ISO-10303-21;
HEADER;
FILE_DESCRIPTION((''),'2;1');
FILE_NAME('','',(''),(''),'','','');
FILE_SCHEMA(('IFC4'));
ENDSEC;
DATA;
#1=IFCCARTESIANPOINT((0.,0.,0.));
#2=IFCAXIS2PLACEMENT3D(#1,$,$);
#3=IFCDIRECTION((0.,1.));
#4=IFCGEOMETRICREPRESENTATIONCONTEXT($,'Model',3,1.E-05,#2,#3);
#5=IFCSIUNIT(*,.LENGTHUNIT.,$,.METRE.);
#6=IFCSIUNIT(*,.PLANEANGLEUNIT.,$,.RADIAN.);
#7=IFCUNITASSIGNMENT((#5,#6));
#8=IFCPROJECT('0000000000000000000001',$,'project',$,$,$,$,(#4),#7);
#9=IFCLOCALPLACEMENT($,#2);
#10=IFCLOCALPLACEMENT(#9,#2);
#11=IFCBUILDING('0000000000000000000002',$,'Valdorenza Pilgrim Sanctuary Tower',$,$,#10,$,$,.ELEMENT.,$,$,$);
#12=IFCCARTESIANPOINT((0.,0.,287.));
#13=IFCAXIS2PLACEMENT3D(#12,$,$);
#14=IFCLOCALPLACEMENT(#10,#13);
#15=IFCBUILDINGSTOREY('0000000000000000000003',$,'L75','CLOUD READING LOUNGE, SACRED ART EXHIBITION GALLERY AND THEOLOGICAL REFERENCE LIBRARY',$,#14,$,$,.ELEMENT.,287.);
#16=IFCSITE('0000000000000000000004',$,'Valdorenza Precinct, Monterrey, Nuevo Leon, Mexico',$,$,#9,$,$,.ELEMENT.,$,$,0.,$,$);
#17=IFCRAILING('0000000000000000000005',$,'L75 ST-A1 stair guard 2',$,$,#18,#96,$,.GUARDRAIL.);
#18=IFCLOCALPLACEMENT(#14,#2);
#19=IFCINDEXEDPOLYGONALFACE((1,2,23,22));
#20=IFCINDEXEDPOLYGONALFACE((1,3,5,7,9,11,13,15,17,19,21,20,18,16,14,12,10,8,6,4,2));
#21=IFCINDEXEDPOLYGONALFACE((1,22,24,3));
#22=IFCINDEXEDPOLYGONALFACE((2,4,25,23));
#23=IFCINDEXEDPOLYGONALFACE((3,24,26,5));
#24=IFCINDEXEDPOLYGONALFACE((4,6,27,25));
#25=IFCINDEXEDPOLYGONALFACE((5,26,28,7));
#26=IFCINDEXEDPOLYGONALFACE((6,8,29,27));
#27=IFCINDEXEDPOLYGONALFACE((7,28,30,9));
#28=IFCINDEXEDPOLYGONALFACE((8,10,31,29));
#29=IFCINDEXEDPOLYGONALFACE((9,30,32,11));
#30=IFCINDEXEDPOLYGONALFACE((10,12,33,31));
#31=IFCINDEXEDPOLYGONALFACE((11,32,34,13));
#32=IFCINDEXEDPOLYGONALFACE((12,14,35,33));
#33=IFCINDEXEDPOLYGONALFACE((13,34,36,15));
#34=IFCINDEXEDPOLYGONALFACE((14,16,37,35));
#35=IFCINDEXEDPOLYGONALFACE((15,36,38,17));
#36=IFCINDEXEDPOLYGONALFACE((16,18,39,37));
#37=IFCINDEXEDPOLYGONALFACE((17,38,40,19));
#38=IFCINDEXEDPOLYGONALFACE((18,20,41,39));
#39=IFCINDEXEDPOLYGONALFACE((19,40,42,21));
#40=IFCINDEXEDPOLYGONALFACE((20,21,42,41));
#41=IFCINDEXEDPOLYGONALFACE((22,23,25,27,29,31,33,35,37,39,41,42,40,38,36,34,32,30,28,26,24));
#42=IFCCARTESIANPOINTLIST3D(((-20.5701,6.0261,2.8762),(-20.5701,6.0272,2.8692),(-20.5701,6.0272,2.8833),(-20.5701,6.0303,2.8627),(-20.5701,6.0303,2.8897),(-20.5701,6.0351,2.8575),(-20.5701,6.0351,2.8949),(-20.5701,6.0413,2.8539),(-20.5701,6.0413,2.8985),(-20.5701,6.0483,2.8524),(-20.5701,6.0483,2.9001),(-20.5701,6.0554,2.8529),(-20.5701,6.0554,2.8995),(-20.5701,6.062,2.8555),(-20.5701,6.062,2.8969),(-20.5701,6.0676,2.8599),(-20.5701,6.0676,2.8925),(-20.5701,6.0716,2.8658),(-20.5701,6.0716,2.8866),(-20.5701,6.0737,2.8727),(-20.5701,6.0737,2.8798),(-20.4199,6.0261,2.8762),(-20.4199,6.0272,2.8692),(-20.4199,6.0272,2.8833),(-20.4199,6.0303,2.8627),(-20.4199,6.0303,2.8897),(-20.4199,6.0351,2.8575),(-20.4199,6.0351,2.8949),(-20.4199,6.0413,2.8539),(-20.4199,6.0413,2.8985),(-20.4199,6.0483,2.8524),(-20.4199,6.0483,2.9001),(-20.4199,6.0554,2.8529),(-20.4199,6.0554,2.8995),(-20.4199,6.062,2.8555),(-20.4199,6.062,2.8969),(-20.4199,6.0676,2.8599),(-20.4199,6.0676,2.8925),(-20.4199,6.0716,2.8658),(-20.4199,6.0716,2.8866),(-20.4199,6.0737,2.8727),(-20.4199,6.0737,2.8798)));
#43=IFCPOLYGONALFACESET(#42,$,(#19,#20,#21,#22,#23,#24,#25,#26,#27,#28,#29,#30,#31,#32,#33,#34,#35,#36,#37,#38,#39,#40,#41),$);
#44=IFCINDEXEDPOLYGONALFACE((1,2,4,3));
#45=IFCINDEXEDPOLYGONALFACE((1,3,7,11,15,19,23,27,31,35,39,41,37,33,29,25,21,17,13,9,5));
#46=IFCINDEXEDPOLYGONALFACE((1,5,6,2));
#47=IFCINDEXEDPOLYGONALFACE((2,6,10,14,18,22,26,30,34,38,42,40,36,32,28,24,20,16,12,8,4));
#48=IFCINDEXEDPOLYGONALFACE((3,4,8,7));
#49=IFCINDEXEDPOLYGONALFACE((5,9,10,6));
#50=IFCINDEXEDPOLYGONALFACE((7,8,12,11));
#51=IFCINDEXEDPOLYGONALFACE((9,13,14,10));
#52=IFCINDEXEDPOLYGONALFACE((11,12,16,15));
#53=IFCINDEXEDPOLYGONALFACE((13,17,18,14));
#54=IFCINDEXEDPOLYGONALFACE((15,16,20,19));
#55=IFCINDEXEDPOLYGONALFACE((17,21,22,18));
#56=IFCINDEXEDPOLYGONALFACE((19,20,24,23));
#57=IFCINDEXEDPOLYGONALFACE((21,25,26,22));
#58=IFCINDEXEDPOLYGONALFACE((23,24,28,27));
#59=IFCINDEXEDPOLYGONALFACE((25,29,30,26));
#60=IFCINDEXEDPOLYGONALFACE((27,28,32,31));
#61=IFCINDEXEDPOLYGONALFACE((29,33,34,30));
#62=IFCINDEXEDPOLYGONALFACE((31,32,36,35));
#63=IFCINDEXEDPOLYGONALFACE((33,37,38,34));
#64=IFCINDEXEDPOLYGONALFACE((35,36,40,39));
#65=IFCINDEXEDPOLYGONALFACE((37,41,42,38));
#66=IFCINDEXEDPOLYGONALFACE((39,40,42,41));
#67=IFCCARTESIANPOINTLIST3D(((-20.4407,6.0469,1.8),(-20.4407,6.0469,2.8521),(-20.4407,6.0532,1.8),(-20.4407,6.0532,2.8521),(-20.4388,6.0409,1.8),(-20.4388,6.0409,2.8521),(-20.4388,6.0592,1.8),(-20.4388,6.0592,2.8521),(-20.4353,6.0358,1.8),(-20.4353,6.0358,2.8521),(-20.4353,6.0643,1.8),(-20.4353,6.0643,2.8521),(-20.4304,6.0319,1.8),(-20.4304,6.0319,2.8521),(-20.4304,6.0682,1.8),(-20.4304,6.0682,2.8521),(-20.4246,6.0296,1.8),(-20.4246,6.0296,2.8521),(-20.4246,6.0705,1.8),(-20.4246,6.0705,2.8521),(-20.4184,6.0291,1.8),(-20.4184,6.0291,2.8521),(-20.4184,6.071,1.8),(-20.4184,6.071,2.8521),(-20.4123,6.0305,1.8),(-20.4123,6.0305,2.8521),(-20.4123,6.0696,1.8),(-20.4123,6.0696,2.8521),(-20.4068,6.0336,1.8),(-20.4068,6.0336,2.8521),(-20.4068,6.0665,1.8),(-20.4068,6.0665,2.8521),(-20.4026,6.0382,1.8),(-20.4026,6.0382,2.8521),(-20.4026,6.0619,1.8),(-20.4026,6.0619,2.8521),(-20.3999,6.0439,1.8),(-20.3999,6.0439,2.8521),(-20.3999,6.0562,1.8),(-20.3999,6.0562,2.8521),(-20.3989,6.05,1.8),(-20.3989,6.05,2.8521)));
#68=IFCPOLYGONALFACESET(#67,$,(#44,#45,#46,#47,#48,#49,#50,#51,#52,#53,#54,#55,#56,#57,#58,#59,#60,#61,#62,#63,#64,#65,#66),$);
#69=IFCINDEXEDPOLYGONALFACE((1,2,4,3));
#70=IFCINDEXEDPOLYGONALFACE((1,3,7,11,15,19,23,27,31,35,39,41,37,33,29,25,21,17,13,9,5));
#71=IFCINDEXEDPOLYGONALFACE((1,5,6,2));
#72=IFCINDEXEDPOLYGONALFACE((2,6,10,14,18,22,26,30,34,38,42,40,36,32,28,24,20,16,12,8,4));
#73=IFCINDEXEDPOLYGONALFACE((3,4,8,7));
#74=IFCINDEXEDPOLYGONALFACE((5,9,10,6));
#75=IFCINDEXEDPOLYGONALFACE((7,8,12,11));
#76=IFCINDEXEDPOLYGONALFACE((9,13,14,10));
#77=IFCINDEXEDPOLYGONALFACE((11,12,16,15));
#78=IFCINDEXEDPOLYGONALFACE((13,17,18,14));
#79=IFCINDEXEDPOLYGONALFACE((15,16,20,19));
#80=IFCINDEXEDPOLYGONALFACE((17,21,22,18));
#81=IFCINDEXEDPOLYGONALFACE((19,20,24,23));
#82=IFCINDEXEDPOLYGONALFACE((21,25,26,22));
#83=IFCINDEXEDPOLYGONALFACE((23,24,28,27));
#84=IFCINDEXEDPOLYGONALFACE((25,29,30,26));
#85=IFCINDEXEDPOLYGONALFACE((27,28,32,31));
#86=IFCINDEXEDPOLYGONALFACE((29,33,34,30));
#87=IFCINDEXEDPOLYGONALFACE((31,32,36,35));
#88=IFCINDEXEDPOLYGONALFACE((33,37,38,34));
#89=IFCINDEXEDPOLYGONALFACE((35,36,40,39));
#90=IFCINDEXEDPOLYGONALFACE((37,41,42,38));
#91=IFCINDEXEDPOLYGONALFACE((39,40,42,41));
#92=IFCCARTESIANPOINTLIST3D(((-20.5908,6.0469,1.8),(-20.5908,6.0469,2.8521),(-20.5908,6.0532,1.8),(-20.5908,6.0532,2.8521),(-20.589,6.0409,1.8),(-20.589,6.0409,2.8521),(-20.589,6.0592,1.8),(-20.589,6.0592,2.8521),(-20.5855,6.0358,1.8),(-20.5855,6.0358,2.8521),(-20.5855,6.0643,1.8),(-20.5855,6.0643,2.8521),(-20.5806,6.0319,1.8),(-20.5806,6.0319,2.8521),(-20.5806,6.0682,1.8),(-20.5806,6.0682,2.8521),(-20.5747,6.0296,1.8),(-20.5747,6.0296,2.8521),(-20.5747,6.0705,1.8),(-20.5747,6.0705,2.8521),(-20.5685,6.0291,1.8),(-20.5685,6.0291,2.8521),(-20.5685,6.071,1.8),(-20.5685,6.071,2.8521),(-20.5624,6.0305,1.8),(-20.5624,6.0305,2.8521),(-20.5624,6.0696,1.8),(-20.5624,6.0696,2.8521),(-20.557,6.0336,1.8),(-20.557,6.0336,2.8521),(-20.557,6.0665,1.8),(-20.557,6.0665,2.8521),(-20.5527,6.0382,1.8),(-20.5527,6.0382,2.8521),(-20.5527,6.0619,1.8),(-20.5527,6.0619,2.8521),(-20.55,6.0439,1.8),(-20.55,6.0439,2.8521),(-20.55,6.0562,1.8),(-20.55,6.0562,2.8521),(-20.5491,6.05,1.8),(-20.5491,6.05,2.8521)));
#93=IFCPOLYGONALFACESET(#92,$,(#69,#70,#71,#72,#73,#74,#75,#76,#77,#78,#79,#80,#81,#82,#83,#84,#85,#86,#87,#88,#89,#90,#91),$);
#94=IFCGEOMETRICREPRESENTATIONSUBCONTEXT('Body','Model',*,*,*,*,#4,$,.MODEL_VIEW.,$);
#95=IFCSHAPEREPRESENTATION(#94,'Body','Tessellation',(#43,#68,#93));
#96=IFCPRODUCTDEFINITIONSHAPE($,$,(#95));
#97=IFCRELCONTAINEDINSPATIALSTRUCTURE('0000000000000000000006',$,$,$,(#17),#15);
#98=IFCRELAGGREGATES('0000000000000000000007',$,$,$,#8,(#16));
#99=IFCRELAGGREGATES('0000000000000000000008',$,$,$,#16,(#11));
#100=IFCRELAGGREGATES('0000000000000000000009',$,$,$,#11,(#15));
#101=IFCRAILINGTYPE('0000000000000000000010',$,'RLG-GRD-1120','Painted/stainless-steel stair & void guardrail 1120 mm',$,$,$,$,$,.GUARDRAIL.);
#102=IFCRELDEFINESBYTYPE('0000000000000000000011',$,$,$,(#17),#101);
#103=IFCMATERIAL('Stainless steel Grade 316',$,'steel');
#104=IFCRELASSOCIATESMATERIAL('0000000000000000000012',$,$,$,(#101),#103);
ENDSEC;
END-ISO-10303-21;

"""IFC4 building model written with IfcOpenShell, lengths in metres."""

from ifc_helpers import new_model, si_unit, direction, frame, origin, origin_2d, place, context, subcontext, project, spatial, circle, extrude, material, type_object, element, save


model = new_model("IFC4")

# Units and contexts
model_context = context("Model", 3, precision=1e-05, world=origin(), true_north=direction((0.0, 1.0)))
body_context = subcontext(model_context, "Body", "Model", "MODEL_VIEW")
ifc_project = project(units=[si_unit("LENGTHUNIT", "METRE"), si_unit("PLANEANGLEUNIT", "RADIAN")], contexts=[model_context])

# Site, building, storey
site_placement = place(None, origin())
site = spatial("IfcSite", under=ifc_project, at=site_placement, Name="Valdorenza Precinct, Monterrey, Nuevo Leon, Mexico", CompositionType="ELEMENT", RefElevation=0.0)
building_placement = place(site_placement, origin())
building = spatial("IfcBuilding", under=site, at=building_placement, Name="Valdorenza Pilgrim Sanctuary Tower", CompositionType="ELEMENT")
storey_placement = place(building_placement, frame((0.0, 0.0, 287.0)))
storey = spatial("IfcBuildingStorey", under=building, at=storey_placement, Name="L75", Description="CLOUD READING LOUNGE, SACRED ART EXHIBITION GALLERY AND THEOLOGICAL REFERENCE LIBRARY", CompositionType="ELEMENT", Elevation=287.0)

# Railing
ifc_material_1 = material(Name="Stainless steel Grade 316", Category="steel")
railing_type_1 = type_object("IfcRailingType", Name="RLG-GRD-1120", Description="Painted/stainless-steel stair & void guardrail 1120 mm", PredefinedType="GUARDRAIL", material=ifc_material_1)
railing_1_placement = place(storey_placement, frame((-20.4199, 6.05, 1.8)))
element("IfcRailing", 1, at=railing_1_placement, inside=storey, type_object=railing_type_1, Name="L75 ST-A1 stair guard 2", PredefinedType="GUARDRAIL", context=body_context, shape_type="SweptSolid", body=[
    extrude(circle(Radius=0.0239, at=origin_2d()), frame((0.0, 0.0, 1.0762), z_axis=(-1.0, 0.0, 0.0), x_axis=(0.0, -1.0, 0.0)), (0.0, 0.0, 1.0), 0.1501),
    extrude(circle(Radius=0.021, at=origin_2d()), origin(), (0.0, 0.0, 1.0), 1.052),
    extrude(circle(Radius=0.021, at=origin_2d()), frame((-0.1501, 0.0, 0.0)), (0.0, 0.0, 1.0), 1.052),
])

save(model, "model.ifc")
